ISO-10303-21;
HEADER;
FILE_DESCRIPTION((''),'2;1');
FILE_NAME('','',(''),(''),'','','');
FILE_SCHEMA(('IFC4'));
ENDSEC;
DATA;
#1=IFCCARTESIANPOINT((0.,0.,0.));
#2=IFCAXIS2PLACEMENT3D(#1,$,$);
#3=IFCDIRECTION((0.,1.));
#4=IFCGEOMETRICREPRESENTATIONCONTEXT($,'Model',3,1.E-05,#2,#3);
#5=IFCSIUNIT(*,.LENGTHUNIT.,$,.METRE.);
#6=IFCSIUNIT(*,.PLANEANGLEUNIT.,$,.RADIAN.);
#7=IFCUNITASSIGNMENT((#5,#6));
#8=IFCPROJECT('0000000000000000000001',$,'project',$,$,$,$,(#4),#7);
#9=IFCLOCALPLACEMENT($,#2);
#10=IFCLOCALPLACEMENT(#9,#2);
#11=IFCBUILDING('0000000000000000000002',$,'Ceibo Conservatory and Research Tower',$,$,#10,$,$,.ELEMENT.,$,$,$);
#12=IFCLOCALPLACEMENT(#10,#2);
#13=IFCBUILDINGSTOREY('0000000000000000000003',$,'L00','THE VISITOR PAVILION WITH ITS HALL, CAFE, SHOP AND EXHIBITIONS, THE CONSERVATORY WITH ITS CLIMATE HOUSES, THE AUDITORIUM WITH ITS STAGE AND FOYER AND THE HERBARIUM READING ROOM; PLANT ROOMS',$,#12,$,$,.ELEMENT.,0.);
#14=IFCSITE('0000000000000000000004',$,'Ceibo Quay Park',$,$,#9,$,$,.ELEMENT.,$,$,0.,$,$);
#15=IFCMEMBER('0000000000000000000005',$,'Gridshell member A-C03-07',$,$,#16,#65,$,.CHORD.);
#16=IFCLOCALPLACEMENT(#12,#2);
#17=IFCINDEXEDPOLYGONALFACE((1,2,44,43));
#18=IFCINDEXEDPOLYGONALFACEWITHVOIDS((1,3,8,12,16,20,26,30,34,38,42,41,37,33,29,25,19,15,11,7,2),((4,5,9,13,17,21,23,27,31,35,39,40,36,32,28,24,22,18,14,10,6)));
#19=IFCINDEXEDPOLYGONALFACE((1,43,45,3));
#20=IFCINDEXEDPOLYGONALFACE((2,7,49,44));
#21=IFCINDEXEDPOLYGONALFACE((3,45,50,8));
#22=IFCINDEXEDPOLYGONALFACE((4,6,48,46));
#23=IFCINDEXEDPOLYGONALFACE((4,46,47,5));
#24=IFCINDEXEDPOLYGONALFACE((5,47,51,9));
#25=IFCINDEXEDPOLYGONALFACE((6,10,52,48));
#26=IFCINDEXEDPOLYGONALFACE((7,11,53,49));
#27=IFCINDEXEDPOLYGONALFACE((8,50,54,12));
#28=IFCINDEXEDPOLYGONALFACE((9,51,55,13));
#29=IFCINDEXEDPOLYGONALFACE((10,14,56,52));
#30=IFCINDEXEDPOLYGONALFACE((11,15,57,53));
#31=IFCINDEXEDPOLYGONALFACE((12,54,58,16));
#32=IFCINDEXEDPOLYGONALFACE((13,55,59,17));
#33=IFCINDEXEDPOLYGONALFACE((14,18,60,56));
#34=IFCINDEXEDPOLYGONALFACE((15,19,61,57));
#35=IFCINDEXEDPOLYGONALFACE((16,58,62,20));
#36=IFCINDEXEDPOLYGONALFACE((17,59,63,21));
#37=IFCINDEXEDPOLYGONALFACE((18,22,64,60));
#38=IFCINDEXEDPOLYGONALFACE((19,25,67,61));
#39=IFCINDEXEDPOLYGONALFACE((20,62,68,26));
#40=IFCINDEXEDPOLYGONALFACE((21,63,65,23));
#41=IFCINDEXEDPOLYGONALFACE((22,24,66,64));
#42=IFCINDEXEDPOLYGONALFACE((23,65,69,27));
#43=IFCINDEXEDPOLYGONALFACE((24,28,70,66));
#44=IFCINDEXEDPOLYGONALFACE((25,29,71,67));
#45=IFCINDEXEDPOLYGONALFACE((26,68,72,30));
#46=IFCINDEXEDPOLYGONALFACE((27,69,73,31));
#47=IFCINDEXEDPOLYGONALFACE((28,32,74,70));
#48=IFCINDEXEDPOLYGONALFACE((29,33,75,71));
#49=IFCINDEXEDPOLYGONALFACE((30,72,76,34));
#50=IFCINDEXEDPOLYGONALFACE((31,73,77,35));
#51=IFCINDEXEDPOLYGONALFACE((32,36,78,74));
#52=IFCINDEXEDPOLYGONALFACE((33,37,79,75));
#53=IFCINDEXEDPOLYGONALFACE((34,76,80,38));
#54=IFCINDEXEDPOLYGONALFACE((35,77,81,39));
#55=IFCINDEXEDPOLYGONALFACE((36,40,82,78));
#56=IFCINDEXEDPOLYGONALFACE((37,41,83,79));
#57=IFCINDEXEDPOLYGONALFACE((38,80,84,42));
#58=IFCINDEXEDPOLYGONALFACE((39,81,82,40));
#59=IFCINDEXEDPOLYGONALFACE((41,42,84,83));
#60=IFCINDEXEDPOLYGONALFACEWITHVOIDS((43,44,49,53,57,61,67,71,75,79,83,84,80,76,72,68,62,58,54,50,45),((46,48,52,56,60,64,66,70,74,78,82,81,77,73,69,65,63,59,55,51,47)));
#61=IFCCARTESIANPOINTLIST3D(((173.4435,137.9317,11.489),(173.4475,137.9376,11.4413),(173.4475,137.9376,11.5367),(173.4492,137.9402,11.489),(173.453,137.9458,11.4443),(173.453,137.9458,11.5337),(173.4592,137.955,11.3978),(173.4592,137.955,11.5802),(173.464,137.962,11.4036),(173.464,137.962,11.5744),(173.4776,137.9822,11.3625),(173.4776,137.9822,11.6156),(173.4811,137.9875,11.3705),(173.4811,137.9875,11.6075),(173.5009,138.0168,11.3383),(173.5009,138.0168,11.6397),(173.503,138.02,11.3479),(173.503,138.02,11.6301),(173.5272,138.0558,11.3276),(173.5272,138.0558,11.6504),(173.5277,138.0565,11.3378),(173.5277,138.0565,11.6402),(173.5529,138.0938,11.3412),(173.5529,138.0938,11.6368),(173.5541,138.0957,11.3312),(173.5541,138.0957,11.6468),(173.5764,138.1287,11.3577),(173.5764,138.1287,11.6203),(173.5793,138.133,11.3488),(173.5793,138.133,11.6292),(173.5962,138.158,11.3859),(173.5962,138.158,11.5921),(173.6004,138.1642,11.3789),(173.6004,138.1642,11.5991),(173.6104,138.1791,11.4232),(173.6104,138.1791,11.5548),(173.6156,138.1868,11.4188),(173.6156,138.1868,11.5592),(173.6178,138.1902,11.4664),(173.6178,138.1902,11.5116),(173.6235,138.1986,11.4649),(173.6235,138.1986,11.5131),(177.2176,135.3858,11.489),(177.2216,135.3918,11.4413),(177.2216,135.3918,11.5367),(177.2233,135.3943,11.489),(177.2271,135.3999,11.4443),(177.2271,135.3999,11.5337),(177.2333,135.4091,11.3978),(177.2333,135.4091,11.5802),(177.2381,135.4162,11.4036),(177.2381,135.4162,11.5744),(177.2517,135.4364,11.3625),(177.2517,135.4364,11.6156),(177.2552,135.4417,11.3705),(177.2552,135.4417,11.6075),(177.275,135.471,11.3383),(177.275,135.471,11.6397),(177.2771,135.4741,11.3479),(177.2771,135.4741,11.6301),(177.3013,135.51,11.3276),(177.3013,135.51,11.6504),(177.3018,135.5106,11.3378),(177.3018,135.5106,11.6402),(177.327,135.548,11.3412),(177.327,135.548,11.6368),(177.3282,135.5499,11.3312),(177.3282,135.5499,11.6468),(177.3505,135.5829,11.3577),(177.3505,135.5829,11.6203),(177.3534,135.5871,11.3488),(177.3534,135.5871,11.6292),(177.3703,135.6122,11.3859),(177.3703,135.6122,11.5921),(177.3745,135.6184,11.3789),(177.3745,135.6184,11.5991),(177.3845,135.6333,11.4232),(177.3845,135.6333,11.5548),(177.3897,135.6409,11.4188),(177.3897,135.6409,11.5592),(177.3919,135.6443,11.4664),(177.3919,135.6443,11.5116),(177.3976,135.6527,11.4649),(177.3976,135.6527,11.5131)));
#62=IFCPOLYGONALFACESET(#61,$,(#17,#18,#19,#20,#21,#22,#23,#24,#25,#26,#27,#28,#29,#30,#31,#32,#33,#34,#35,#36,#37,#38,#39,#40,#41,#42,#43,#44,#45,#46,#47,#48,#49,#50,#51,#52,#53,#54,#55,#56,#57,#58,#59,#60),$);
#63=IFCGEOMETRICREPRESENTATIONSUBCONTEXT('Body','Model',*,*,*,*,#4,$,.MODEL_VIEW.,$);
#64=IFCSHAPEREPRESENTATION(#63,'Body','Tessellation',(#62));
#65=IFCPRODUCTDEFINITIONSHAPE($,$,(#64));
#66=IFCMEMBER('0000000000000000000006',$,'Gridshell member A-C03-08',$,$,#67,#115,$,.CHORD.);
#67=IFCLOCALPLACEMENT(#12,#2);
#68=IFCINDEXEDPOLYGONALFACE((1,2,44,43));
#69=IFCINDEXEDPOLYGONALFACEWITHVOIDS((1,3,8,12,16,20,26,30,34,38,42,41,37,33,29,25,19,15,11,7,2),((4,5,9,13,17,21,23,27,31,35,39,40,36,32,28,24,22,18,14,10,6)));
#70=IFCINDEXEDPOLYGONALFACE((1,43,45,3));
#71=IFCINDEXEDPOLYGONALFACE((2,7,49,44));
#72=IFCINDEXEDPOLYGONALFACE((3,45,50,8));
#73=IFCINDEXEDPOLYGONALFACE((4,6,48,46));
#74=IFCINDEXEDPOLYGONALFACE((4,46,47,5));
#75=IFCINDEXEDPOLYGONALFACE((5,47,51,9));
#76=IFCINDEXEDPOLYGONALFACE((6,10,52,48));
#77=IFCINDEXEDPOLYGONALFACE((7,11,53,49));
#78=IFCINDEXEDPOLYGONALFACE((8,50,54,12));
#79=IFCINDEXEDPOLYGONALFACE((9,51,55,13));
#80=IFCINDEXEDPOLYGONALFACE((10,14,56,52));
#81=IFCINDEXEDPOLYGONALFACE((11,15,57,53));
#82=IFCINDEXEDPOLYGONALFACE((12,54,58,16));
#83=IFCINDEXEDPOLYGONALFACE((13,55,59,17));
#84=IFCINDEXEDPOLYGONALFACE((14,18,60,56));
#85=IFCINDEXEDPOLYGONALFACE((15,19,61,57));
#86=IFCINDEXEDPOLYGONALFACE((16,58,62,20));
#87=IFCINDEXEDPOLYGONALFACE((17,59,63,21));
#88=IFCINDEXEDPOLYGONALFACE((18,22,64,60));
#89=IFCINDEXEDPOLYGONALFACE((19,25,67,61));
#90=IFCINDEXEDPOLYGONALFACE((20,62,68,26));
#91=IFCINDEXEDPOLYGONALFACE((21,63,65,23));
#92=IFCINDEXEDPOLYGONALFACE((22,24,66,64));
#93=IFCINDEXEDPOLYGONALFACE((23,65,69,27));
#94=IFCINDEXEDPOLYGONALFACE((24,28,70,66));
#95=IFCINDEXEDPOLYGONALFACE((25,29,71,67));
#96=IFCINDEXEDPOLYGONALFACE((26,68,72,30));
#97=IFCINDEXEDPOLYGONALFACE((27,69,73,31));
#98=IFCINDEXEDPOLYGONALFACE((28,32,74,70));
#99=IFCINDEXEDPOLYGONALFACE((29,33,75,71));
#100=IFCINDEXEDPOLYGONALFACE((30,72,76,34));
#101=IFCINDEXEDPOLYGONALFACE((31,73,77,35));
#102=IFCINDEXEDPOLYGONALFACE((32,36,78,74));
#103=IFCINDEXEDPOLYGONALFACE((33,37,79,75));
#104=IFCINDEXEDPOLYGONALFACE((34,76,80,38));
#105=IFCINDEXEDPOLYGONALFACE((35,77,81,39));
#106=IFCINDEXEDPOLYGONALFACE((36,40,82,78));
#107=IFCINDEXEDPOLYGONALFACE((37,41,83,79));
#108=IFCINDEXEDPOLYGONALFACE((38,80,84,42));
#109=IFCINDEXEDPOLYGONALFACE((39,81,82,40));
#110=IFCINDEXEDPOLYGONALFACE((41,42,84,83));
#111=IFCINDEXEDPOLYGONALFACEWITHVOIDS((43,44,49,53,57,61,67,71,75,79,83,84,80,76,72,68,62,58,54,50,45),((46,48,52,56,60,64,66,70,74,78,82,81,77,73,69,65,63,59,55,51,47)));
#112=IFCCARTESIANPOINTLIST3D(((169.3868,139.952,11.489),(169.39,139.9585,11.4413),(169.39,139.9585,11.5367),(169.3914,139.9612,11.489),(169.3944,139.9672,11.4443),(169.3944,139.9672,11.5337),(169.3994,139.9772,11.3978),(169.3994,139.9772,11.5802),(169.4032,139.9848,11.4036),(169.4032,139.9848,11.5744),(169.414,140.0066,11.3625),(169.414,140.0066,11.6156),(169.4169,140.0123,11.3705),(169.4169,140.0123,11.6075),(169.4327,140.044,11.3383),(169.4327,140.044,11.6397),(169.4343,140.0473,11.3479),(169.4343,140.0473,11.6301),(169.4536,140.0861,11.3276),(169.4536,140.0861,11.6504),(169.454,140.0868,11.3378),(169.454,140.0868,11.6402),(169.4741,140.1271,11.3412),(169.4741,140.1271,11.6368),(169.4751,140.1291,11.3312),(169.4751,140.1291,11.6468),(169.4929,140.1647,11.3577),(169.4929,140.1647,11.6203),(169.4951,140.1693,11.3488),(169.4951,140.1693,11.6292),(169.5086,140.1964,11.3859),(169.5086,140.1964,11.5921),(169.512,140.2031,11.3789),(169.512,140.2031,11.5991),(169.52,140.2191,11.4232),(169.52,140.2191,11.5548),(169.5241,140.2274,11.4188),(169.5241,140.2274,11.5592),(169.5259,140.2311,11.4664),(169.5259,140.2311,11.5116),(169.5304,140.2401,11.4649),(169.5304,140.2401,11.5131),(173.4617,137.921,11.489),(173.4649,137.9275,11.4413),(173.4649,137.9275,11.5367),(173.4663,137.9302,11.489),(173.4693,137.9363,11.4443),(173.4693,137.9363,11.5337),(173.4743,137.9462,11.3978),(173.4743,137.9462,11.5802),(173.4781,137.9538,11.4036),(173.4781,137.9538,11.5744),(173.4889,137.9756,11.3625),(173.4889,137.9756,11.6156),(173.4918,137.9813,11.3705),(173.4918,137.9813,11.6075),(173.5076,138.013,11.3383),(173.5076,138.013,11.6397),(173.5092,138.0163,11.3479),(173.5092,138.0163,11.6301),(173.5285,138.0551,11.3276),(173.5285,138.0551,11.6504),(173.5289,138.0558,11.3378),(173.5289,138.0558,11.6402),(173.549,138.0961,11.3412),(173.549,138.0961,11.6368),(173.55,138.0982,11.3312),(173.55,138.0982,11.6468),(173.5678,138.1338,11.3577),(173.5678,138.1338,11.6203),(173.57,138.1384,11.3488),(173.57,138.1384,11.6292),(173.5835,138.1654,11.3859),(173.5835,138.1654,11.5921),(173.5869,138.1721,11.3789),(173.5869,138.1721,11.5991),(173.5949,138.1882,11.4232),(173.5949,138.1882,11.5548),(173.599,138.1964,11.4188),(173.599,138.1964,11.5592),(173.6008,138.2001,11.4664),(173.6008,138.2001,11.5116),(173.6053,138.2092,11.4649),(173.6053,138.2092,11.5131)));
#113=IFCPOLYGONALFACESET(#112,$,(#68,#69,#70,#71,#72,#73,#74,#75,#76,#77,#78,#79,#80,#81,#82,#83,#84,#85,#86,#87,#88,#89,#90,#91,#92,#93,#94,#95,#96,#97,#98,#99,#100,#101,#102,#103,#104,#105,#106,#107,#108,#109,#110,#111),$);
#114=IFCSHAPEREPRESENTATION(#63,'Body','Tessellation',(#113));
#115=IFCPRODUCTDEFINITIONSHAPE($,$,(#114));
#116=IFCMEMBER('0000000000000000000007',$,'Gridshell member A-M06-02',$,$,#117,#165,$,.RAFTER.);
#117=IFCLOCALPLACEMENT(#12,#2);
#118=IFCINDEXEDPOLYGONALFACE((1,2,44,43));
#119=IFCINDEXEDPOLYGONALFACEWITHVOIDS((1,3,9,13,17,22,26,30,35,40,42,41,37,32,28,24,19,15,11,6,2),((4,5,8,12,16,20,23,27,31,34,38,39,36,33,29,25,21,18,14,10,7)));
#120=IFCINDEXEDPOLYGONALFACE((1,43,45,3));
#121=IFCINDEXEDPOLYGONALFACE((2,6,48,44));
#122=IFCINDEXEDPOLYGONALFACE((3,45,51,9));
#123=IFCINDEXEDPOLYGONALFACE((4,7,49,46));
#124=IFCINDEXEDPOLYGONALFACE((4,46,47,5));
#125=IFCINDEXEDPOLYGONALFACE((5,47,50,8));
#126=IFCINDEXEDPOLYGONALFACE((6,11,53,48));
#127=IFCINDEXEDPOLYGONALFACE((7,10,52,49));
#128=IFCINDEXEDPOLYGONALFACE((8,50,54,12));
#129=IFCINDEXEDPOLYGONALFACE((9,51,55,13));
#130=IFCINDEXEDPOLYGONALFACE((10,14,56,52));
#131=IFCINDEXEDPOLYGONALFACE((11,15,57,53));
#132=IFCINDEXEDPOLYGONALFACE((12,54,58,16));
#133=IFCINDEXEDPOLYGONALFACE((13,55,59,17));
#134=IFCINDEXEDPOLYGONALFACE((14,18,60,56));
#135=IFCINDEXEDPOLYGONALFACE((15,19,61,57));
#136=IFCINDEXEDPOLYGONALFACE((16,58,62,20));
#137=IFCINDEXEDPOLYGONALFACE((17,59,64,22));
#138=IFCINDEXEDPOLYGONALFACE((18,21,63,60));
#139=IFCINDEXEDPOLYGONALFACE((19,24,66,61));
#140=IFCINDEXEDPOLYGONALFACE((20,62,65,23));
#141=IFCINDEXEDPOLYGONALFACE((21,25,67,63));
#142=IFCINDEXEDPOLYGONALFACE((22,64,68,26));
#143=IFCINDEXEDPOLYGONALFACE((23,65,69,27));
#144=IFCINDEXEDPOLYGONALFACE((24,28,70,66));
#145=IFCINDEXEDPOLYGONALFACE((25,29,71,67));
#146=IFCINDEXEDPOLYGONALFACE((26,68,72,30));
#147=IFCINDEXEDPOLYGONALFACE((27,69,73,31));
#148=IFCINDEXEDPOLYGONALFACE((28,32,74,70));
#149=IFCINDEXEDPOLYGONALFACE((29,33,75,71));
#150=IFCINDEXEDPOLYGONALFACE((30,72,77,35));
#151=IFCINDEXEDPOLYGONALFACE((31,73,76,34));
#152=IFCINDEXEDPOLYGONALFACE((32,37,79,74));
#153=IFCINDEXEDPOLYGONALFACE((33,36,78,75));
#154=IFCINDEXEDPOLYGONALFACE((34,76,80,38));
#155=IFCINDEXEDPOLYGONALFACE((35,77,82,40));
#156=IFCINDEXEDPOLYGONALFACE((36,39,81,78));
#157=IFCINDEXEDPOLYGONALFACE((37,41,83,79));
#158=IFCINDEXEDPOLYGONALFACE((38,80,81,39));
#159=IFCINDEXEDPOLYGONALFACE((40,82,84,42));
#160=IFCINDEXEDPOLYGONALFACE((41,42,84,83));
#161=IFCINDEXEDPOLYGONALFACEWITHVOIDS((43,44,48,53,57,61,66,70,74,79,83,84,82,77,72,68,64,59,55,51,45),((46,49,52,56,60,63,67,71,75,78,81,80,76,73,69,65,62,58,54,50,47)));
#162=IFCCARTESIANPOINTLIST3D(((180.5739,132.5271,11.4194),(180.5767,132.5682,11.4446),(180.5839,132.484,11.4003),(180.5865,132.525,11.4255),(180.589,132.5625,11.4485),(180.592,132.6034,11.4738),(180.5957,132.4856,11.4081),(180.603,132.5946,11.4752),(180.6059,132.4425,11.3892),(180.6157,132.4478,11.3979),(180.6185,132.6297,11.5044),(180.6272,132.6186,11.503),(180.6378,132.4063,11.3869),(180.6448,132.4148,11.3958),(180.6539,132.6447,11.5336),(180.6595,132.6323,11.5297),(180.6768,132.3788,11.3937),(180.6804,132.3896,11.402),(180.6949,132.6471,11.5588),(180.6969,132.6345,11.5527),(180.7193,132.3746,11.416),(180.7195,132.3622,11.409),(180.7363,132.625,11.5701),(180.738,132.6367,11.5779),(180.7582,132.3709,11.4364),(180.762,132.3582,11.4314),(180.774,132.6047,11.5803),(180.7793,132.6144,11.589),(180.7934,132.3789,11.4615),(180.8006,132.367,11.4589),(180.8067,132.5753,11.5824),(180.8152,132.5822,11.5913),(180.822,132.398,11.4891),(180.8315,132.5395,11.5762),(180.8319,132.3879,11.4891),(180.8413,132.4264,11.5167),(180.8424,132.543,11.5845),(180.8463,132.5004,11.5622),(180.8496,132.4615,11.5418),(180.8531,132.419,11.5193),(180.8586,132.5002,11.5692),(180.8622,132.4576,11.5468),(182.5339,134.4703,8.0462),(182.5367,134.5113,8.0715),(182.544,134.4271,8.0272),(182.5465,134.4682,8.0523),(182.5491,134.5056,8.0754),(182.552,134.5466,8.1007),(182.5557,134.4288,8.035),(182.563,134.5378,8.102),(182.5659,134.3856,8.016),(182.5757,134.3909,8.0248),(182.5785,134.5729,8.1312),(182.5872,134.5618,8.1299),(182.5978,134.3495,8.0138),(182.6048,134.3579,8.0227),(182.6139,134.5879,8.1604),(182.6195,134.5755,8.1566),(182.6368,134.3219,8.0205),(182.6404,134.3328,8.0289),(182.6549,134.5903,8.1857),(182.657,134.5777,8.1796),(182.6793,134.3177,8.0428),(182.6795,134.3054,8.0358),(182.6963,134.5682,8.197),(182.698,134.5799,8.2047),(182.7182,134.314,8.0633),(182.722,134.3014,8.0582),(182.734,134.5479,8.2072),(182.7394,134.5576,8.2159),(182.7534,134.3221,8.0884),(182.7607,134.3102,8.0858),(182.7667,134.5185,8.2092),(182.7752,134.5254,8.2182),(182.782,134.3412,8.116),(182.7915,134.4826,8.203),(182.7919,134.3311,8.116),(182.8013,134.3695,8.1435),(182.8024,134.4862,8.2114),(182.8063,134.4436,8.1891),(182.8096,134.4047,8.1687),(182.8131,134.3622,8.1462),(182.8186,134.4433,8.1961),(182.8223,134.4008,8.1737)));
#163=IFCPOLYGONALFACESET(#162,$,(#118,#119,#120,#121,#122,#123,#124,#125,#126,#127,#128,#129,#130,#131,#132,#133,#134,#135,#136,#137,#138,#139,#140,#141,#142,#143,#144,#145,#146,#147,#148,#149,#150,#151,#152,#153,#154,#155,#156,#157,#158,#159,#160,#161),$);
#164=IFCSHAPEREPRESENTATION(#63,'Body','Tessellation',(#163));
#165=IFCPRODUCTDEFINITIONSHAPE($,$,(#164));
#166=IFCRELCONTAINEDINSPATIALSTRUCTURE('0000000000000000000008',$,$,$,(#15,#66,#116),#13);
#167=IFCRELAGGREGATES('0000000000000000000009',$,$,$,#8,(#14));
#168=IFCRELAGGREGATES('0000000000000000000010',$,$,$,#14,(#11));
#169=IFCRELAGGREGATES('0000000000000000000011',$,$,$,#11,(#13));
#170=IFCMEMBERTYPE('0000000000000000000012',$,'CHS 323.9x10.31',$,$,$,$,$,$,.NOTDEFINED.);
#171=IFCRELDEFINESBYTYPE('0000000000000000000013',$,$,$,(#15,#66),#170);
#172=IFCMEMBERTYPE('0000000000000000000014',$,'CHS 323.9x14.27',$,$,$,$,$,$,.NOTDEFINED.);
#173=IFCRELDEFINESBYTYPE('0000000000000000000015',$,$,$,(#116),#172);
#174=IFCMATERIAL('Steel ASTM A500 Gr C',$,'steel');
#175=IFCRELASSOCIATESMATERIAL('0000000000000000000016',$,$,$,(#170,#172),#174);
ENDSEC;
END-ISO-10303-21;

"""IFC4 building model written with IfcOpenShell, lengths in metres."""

from ifc_helpers import new_model, si_unit, direction, frame, origin, origin_2d, place, context, subcontext, project, spatial, hollow_circle, extrude, material, material_profile, profile_set, type_object, element, save


model = new_model("IFC4")

# Units and contexts
model_context = context("Model", 3, precision=1e-05, world=origin(), true_north=direction((0.0, 1.0)))
body_context = subcontext(model_context, "Body", "Model", "MODEL_VIEW")
ifc_project = project(units=[si_unit("LENGTHUNIT", "METRE"), si_unit("PLANEANGLEUNIT", "RADIAN")], contexts=[model_context])

# Site, building, storey
site_placement = place(None, origin())
site = spatial("IfcSite", under=ifc_project, at=site_placement, Name="Ceibo Quay Park", CompositionType="ELEMENT", RefElevation=0.0)
building_placement = place(site_placement, origin())
building = spatial("IfcBuilding", under=site, at=building_placement, Name="Ceibo Conservatory and Research Tower", CompositionType="ELEMENT")
storey_placement = place(building_placement, origin())
storey = spatial("IfcBuildingStorey", under=building, at=storey_placement, Name="L00", Description="THE VISITOR PAVILION WITH ITS HALL, CAFE, SHOP AND EXHIBITIONS, THE CONSERVATORY WITH ITS CLIMATE HOUSES, THE AUDITORIUM WITH ITS STAGE AND FOYER AND THE HERBARIUM READING ROOM; PLANT ROOMS", CompositionType="ELEMENT", Elevation=0.0)

# Members
ifc_material_1 = material(Name="Steel ASTM A500 Gr C", Category="steel")
ifc_material_profile_1 = material_profile(ifc_material_1, hollow_circle(Radius=0.1619, WallThickness=0.0103, at=origin_2d()), Name="CHS 323.9x10.31")
ifc_profile_set_1 = profile_set([ifc_material_profile_1], Name="Steel ASTM A500 Gr C")
member_type_1 = type_object("IfcMemberType", Name="CHS 323.9x10.31", PredefinedType="NOTDEFINED", material=ifc_profile_set_1)
member_1_placement = place(storey_placement, frame((177.3081, 135.52, 11.489), z_axis=(-0.829018, 0.559221, 0.0), x_axis=(-0.559221, -0.829018, 0.0)))
element("IfcMember", 1, at=member_1_placement, inside=storey, type_object=member_type_1, Name="Gridshell member A-C03-07", PredefinedType="CHORD", context=body_context, shape_type="SweptSolid", body=[
    extrude(hollow_circle(Radius=0.1619, WallThickness=0.0103, at=origin_2d()), origin(), (0.0, 0.0, 1.0), 4.5525),
])
member_2_placement = place(storey_placement, frame((173.5339, 138.0659, 11.489), z_axis=(-0.894995, 0.446076, 0.0), x_axis=(-0.446076, -0.894995, 0.0)))
element("IfcMember", 2, at=member_2_placement, inside=storey, type_object=member_type_1, Name="Gridshell member A-C03-08", PredefinedType="CHORD", context=body_context, shape_type="SweptSolid", body=[
    extrude(hollow_circle(Radius=0.1619, WallThickness=0.0103, at=origin_2d()), origin(), (0.0, 0.0, 1.0), 4.553),
])
ifc_material_profile_2 = material_profile(ifc_material_1, hollow_circle(Radius=0.1619, WallThickness=0.0142, at=origin_2d()), Name="CHS 323.9x14.27")
ifc_profile_set_2 = profile_set([ifc_material_profile_2], Name="Steel ASTM A500 Gr C")
member_type_2 = type_object("IfcMemberType", Name="CHS 323.9x14.27", PredefinedType="NOTDEFINED", material=ifc_profile_set_2)
member_3_placement = place(storey_placement, frame((182.678, 134.446, 8.116), z_axis=(-0.44971, -0.445845, 0.77394), x_axis=(0.704048, -0.710152, 0.0)))
element("IfcMember", 3, at=member_3_placement, inside=storey, type_object=member_type_2, Name="Gridshell member A-M06-02", PredefinedType="RAFTER", context=body_context, shape_type="SweptSolid", body=[
    extrude(hollow_circle(Radius=0.1619, WallThickness=0.0142, at=origin_2d()), origin(), (0.0, 0.0, 1.0), 4.3584),
])

save(model, "model.ifc")
